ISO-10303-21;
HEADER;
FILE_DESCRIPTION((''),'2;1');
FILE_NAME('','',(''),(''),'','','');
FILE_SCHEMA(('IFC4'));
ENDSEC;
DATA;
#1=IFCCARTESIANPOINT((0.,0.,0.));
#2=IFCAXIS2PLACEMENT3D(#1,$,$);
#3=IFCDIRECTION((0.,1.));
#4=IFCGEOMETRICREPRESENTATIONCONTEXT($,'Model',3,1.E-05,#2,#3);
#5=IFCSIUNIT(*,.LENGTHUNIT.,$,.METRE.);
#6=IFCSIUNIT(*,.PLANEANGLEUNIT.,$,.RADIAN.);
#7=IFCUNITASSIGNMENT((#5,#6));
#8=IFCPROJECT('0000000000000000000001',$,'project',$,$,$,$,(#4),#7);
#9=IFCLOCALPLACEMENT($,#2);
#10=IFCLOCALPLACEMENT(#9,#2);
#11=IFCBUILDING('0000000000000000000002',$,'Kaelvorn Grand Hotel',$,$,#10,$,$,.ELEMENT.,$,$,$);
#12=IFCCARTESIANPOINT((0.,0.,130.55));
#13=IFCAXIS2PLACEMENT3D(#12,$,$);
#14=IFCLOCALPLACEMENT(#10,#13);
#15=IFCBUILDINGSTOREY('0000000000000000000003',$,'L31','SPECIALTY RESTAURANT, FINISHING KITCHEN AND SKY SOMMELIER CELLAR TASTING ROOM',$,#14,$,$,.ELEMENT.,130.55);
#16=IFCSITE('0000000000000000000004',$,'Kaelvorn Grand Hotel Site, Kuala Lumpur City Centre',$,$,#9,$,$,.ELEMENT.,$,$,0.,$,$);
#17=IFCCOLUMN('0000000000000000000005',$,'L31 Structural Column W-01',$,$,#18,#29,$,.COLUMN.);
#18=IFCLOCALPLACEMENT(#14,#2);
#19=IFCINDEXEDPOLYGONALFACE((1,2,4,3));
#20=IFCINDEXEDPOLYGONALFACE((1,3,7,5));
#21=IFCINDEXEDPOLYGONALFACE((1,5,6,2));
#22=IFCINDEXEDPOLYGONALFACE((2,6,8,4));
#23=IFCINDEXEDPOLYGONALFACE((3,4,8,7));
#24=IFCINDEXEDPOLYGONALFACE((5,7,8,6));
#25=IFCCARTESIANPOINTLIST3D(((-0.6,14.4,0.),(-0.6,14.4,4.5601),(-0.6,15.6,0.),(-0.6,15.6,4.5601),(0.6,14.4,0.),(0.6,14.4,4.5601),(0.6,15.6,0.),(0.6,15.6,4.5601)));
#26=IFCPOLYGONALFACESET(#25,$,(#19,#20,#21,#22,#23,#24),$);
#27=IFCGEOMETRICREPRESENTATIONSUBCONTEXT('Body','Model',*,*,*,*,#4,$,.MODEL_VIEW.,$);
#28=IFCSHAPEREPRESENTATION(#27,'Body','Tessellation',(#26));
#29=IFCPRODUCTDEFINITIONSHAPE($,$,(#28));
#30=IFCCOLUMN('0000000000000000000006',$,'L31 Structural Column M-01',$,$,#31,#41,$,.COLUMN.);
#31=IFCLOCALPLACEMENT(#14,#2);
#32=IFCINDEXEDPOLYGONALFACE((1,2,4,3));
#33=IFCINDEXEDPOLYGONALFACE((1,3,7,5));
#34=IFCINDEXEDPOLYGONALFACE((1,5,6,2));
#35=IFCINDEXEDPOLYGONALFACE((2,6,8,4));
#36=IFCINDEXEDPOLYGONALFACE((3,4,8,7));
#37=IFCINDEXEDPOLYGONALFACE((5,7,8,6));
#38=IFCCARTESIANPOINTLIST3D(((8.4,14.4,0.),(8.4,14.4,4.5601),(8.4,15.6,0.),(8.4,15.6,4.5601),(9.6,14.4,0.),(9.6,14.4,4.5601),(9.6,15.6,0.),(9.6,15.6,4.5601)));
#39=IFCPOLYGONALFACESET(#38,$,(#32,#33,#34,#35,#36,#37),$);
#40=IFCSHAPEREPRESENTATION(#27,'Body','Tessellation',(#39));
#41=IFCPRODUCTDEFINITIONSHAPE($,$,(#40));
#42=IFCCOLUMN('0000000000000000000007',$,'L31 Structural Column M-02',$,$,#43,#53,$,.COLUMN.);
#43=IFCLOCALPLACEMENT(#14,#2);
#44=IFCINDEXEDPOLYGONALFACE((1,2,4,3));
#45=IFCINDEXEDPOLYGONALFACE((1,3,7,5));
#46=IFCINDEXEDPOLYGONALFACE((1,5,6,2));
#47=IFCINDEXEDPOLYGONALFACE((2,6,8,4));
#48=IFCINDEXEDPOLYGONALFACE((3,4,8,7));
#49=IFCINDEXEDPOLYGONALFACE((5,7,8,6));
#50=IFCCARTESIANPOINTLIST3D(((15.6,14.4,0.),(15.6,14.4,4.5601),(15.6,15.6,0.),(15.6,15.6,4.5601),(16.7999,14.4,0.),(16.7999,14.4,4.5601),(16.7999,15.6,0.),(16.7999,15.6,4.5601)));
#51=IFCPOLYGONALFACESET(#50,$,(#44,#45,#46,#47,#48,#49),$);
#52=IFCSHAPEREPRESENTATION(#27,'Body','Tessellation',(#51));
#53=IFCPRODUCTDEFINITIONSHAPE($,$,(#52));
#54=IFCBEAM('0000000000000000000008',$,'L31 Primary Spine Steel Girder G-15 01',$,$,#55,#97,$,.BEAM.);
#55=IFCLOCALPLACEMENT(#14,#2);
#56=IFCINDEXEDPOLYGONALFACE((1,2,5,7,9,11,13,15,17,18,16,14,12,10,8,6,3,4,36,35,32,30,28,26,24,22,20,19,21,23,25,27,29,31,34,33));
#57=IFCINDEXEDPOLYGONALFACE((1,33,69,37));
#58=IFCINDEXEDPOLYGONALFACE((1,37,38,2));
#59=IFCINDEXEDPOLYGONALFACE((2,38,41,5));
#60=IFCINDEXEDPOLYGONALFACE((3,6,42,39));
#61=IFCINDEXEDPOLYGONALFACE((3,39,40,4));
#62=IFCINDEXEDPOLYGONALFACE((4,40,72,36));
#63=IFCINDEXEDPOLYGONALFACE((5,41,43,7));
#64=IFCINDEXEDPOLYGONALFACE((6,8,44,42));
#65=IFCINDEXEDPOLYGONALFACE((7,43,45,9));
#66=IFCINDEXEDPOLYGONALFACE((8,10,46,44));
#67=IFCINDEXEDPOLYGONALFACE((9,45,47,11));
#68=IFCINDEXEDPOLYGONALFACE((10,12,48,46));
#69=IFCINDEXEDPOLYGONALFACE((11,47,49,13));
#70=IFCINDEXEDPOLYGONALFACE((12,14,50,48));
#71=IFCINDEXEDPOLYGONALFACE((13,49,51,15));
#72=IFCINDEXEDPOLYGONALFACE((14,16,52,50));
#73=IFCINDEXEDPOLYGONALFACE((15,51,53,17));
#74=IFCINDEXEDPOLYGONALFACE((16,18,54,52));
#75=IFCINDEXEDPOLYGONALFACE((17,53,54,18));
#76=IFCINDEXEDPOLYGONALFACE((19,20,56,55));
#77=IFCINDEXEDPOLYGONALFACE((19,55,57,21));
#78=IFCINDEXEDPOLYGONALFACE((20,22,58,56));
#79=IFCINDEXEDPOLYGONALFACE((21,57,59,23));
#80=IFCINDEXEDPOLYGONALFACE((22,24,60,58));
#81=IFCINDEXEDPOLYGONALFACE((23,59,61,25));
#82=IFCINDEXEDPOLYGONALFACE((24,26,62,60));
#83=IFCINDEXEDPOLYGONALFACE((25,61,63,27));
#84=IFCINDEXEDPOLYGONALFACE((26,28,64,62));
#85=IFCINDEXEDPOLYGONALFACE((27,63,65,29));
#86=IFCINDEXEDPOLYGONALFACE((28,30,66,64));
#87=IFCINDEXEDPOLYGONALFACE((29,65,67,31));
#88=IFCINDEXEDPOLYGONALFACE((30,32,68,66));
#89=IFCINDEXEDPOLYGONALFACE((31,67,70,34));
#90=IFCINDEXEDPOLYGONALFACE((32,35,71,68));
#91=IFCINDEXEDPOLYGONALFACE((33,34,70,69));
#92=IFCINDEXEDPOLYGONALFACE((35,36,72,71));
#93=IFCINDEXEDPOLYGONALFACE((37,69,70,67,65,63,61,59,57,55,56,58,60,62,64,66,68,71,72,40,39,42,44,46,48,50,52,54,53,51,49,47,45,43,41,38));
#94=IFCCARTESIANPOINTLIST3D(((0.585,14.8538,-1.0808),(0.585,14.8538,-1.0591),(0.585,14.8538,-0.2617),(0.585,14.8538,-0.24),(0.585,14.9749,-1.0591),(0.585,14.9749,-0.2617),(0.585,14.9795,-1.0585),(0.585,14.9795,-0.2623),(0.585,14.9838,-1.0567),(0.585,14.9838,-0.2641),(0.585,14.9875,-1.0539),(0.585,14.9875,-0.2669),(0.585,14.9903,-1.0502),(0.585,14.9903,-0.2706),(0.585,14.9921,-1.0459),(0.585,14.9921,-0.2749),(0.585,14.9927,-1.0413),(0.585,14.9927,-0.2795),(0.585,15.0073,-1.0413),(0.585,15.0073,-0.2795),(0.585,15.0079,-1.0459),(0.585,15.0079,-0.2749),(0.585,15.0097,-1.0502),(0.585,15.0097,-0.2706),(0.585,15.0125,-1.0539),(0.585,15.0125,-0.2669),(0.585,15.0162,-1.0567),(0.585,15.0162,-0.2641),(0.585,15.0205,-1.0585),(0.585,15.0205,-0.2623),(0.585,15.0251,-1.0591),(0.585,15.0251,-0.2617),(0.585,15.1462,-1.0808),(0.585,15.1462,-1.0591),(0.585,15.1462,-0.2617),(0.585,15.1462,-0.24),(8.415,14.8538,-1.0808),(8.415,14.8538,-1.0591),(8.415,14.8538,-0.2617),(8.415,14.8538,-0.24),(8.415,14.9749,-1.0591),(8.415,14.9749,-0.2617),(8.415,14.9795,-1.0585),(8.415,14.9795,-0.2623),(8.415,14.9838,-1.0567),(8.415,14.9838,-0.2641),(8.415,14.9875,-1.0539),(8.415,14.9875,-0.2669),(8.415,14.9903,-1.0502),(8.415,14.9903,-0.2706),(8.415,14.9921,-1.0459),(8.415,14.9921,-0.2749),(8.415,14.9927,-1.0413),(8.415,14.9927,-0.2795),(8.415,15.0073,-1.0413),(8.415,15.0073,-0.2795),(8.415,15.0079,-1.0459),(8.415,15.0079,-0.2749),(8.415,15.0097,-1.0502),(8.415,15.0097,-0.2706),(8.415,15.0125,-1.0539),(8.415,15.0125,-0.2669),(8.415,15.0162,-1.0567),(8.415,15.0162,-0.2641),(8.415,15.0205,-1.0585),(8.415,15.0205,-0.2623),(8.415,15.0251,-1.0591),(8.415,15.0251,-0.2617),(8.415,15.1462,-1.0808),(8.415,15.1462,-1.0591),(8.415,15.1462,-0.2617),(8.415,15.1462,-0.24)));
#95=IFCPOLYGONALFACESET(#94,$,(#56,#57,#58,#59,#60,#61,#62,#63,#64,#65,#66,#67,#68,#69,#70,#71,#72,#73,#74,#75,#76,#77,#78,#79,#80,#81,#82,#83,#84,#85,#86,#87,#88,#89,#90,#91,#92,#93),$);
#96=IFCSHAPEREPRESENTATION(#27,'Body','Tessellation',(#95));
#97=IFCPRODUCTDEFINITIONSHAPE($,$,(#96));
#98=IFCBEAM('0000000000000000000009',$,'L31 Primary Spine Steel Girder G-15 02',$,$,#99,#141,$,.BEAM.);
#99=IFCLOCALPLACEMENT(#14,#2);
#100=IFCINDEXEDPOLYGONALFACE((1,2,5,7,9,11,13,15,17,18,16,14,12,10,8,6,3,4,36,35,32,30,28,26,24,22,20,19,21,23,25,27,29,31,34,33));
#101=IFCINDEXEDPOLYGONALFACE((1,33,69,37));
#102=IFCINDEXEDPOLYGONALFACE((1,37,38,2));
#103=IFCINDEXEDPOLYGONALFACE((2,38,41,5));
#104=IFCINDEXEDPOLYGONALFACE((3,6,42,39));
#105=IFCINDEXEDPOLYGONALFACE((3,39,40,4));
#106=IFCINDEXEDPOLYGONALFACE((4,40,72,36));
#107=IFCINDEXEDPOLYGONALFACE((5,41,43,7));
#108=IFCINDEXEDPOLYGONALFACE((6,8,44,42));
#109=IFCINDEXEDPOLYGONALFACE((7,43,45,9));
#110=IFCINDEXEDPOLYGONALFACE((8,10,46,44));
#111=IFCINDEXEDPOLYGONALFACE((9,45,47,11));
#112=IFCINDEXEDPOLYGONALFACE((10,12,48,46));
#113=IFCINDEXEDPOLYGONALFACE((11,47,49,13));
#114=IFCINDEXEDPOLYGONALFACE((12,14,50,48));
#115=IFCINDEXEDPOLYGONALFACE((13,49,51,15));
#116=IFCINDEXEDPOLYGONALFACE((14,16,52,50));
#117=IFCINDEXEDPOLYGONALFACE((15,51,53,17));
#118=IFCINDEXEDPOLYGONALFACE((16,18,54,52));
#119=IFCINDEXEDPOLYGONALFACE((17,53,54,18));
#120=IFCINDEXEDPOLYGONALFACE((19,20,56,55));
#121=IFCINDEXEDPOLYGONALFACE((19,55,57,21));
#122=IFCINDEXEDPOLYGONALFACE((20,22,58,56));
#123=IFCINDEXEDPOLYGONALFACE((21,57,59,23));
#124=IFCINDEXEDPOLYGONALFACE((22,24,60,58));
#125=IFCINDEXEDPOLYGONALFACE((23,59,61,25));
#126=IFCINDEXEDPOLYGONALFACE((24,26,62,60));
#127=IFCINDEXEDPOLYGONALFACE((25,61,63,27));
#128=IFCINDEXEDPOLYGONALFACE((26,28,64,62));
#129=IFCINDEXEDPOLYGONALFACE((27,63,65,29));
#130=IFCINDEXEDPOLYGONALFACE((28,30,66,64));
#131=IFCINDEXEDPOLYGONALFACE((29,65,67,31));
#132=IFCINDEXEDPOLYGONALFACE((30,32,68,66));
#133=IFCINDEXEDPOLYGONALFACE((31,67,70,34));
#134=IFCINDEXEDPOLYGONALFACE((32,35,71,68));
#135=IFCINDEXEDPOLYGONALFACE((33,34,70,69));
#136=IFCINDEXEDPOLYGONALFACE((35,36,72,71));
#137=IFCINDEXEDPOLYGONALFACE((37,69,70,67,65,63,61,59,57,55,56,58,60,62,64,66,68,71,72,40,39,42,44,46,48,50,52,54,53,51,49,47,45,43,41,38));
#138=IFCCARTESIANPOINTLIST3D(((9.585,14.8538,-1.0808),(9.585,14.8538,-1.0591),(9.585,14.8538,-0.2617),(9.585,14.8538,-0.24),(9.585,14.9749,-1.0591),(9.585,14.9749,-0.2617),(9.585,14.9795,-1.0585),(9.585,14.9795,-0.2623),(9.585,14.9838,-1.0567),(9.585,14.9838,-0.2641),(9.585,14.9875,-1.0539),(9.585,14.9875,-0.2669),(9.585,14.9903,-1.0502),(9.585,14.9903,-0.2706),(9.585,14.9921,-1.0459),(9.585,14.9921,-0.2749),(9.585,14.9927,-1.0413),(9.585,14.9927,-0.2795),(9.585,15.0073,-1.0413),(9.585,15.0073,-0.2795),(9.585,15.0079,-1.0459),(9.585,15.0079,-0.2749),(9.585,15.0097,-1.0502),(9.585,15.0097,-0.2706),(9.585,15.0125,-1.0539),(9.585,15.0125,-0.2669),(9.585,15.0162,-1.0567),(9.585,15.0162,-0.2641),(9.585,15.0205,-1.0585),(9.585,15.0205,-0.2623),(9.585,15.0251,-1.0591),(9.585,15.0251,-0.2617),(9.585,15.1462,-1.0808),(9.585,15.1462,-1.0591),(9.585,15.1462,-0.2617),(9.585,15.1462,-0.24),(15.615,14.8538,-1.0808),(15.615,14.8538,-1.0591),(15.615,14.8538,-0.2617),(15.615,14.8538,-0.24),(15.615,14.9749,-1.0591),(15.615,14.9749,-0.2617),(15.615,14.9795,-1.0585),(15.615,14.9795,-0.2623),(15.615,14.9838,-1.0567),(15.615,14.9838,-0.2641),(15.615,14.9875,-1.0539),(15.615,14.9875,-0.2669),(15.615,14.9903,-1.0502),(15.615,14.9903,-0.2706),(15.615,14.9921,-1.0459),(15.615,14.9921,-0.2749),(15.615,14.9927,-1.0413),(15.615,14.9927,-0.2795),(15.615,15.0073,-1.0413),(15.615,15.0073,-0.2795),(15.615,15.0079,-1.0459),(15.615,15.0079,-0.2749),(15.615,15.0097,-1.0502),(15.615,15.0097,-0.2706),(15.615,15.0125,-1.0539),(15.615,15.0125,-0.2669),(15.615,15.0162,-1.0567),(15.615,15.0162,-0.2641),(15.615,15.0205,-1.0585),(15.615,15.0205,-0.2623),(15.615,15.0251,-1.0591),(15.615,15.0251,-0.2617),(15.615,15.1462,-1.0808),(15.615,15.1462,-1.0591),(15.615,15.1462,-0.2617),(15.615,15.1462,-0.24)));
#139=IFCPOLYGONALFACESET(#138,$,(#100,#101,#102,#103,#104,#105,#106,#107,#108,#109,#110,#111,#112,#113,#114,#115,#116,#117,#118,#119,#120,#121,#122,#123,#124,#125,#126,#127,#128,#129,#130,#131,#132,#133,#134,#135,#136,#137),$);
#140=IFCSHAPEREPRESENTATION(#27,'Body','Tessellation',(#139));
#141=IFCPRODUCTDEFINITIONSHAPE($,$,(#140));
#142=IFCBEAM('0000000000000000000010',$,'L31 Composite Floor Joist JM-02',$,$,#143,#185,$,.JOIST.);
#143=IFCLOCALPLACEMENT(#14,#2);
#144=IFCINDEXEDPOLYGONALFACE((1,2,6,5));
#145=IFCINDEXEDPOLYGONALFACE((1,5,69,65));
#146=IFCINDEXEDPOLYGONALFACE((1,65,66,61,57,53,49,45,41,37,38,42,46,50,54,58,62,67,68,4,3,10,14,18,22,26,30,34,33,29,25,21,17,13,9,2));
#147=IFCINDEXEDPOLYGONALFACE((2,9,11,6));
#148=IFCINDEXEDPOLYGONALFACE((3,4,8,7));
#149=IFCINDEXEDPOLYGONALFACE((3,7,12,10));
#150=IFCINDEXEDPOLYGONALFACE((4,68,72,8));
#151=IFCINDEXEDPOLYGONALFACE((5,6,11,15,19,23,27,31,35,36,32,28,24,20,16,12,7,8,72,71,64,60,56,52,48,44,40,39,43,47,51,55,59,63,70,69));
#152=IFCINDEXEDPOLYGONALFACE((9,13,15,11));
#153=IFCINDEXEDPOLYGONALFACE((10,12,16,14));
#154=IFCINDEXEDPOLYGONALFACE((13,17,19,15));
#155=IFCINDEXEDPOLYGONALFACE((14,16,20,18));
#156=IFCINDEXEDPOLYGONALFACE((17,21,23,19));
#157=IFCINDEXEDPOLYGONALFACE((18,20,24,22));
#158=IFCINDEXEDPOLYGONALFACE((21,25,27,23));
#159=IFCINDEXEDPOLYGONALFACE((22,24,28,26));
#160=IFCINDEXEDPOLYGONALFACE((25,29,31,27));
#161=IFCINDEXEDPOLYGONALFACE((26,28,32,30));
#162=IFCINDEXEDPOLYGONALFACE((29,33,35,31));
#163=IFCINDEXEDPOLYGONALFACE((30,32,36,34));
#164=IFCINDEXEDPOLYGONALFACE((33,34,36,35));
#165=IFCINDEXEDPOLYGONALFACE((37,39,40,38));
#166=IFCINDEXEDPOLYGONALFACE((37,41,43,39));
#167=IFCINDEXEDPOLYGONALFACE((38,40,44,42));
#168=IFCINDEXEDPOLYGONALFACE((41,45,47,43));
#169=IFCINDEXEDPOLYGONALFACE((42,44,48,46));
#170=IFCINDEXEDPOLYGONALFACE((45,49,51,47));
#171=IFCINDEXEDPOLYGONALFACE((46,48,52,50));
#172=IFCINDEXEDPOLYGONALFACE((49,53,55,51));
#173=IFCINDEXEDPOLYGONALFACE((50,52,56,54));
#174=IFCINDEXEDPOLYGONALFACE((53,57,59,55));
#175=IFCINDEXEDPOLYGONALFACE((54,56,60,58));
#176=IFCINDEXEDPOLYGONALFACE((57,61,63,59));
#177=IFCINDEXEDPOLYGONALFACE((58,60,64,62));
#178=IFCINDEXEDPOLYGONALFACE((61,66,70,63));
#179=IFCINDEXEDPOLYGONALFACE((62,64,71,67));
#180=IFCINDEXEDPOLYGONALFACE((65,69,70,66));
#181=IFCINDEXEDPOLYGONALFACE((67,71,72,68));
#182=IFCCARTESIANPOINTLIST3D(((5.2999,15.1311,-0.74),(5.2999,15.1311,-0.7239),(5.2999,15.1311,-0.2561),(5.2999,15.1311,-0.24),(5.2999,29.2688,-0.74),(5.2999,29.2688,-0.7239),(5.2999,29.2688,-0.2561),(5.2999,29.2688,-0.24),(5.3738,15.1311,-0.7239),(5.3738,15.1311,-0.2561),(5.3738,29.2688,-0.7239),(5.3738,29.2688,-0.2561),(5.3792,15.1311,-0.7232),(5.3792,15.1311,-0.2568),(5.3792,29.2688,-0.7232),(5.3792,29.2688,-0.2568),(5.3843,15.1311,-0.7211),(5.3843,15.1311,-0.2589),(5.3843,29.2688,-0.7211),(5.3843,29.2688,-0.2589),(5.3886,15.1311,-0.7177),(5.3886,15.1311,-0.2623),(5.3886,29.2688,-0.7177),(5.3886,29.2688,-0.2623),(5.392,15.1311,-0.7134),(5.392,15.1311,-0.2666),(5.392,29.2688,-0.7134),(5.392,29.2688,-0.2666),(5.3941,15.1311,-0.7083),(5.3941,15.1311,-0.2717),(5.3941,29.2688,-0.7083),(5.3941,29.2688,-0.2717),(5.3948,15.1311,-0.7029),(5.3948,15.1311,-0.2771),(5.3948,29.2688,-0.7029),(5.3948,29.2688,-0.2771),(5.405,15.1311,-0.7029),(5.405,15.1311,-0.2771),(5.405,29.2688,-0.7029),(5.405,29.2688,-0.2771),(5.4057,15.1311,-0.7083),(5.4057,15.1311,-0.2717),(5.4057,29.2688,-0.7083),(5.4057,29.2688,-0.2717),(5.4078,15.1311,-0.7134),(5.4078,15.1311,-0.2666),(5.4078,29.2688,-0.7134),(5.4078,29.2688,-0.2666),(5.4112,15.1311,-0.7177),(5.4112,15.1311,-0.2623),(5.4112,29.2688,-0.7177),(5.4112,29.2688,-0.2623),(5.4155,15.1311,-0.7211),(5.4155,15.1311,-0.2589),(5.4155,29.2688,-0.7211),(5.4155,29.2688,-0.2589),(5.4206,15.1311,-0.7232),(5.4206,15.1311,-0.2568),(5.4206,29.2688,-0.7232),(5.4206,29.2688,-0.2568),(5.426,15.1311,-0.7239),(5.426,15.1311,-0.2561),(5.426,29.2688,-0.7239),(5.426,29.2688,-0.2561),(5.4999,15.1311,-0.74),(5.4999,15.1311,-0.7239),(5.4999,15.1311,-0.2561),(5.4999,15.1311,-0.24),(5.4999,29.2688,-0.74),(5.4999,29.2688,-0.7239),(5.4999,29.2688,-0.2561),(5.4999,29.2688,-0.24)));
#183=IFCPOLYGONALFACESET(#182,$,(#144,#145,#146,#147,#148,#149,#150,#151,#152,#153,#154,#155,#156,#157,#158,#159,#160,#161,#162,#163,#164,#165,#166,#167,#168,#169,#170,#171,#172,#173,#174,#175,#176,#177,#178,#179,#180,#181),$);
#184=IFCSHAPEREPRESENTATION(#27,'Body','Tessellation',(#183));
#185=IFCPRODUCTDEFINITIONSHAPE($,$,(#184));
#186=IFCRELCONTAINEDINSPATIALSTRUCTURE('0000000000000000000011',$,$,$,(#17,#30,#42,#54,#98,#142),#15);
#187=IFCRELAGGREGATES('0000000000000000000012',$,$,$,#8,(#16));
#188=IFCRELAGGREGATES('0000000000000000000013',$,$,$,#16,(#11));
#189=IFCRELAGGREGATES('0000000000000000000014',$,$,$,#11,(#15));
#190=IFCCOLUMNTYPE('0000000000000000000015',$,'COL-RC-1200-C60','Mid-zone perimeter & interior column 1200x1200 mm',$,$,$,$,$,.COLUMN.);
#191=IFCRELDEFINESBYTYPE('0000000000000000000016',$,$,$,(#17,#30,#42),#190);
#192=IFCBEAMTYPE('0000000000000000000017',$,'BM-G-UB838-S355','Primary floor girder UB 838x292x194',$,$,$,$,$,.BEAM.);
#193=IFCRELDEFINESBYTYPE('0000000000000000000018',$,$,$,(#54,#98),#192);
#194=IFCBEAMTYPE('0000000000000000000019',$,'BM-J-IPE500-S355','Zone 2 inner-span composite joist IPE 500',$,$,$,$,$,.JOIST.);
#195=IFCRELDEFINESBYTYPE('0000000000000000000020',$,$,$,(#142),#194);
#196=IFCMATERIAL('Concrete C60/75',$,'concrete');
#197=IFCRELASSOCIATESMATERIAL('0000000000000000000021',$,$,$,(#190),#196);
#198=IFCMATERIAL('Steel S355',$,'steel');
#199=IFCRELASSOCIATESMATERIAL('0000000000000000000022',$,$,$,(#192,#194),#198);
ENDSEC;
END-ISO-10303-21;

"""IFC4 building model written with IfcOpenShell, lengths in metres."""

from ifc_helpers import new_model, si_unit, direction, frame, origin, origin_2d, place, context, subcontext, project, spatial, rectangle, i_section, extrude, material, material_profile, profile_set, type_object, element, save


model = new_model("IFC4")

# Units and contexts
model_context = context("Model", 3, precision=1e-05, world=origin(), true_north=direction((0.0, 1.0)))
body_context = subcontext(model_context, "Body", "Model", "MODEL_VIEW")
ifc_project = project(units=[si_unit("LENGTHUNIT", "METRE"), si_unit("PLANEANGLEUNIT", "RADIAN")], contexts=[model_context])

# Site, building, storey
site_placement = place(None, origin())
site = spatial("IfcSite", under=ifc_project, at=site_placement, Name="Kaelvorn Grand Hotel Site, Kuala Lumpur City Centre", CompositionType="ELEMENT", RefElevation=0.0)
building_placement = place(site_placement, origin())
building = spatial("IfcBuilding", under=site, at=building_placement, Name="Kaelvorn Grand Hotel", CompositionType="ELEMENT")
storey_placement = place(building_placement, frame((0.0, 0.0, 130.55)))
storey = spatial("IfcBuildingStorey", under=building, at=storey_placement, Name="L31", Description="SPECIALTY RESTAURANT, FINISHING KITCHEN AND SKY SOMMELIER CELLAR TASTING ROOM", CompositionType="ELEMENT", Elevation=130.55)

# Columns
ifc_material_1 = material(Name="Concrete C60/75", Category="concrete")
ifc_material_profile_1 = material_profile(ifc_material_1, rectangle(XDim=1.2, YDim=1.2, at=origin_2d()), Name="RC COL 1200x1200")
ifc_profile_set_1 = profile_set([ifc_material_profile_1], Name="Concrete C60/75")
column_type = type_object("IfcColumnType", Name="COL-RC-1200-C60", Description="Mid-zone perimeter & interior column 1200x1200 mm", PredefinedType="COLUMN", material=ifc_profile_set_1)
for number, where, z_axis, x_axis, name in (
    (1, (0.0, 15.0, 0.0), (0.0, 0.0, 1.0), (1.0, 0.0, 0.0), "L31 Structural Column W-01"),
    (2, (9.0, 15.0, 0.0), (0.0, 0.0, 1.0), (1.0, 0.0, 0.0), "L31 Structural Column M-01"),
    (3, (16.2, 15.0, 0.0), (0.0, 0.0, 1.0), (1.0, 0.0, 0.0), "L31 Structural Column M-02"),
):
    element("IfcColumn", number, at=place(storey_placement, frame(where, z_axis=z_axis, x_axis=x_axis)), inside=storey, type_object=column_type, Name=name, PredefinedType="COLUMN", context=body_context, shape_type="SweptSolid", body=[
        extrude(rectangle(XDim=1.2, YDim=1.2, at=origin_2d()), origin(), (0.0, 0.0, 1.0), 4.5601),
    ])

# Beams
ifc_material_2 = material(Name="Steel S355", Category="steel")
ifc_material_profile_2 = material_profile(ifc_material_2, i_section(OverallWidth=0.2925, OverallDepth=0.8408, WebThickness=0.0146, FlangeThickness=0.0217, FilletRadius=0.0178, at=origin_2d()), Name="UB 838x292x194")
ifc_profile_set_2 = profile_set([ifc_material_profile_2], Name="Steel S355")
beam_type_1 = type_object("IfcBeamType", Name="BM-G-UB838-S355", Description="Primary floor girder UB 838x292x194", PredefinedType="BEAM", material=ifc_profile_set_2)
beam_1_placement = place(storey_placement, frame((0.585, 15.0, -0.6604), z_axis=(1.0, 0.0, 0.0), x_axis=(0.0, 1.0, 0.0)))
element("IfcBeam", 4, at=beam_1_placement, inside=storey, type_object=beam_type_1, Name="L31 Primary Spine Steel Girder G-15 01", PredefinedType="BEAM", context=body_context, shape_type="SweptSolid", body=[
    extrude(i_section(OverallWidth=0.2925, OverallDepth=0.8408, WebThickness=0.0146, FlangeThickness=0.0217, FilletRadius=0.0178, at=origin_2d()), origin(), (0.0, 0.0, 1.0), 7.8301),
])
beam_2_placement = place(storey_placement, frame((9.585, 15.0, -0.6604), z_axis=(1.0, 0.0, 0.0), x_axis=(0.0, 1.0, 0.0)))
element("IfcBeam", 5, at=beam_2_placement, inside=storey, type_object=beam_type_1, Name="L31 Primary Spine Steel Girder G-15 02", PredefinedType="BEAM", context=body_context, shape_type="SweptSolid", body=[
    extrude(i_section(OverallWidth=0.2925, OverallDepth=0.8408, WebThickness=0.0146, FlangeThickness=0.0217, FilletRadius=0.0178, at=origin_2d()), origin(), (0.0, 0.0, 1.0), 6.03),
])
ifc_material_profile_3 = material_profile(ifc_material_2, i_section(OverallWidth=0.2, OverallDepth=0.5, WebThickness=0.0103, FlangeThickness=0.0161, FilletRadius=0.021, at=origin_2d()), Name="IPE 500")
ifc_profile_set_3 = profile_set([ifc_material_profile_3], Name="Steel S355")
beam_type_2 = type_object("IfcBeamType", Name="BM-J-IPE500-S355", Description="Zone 2 inner-span composite joist IPE 500", PredefinedType="JOIST", material=ifc_profile_set_3)
beam_3_placement = place(storey_placement, frame((5.3999, 15.1311, -0.49), z_axis=(0.0, 1.0, 0.0), x_axis=(-1.0, 0.0, 0.0)))
element("IfcBeam", 6, at=beam_3_placement, inside=storey, type_object=beam_type_2, Name="L31 Composite Floor Joist JM-02", PredefinedType="JOIST", context=body_context, shape_type="SweptSolid", body=[
    extrude(i_section(OverallWidth=0.2, OverallDepth=0.5, WebThickness=0.0103, FlangeThickness=0.0161, FilletRadius=0.021, at=origin_2d()), origin(), (0.0, 0.0, 1.0), 14.1377),
])

save(model, "model.ifc")
